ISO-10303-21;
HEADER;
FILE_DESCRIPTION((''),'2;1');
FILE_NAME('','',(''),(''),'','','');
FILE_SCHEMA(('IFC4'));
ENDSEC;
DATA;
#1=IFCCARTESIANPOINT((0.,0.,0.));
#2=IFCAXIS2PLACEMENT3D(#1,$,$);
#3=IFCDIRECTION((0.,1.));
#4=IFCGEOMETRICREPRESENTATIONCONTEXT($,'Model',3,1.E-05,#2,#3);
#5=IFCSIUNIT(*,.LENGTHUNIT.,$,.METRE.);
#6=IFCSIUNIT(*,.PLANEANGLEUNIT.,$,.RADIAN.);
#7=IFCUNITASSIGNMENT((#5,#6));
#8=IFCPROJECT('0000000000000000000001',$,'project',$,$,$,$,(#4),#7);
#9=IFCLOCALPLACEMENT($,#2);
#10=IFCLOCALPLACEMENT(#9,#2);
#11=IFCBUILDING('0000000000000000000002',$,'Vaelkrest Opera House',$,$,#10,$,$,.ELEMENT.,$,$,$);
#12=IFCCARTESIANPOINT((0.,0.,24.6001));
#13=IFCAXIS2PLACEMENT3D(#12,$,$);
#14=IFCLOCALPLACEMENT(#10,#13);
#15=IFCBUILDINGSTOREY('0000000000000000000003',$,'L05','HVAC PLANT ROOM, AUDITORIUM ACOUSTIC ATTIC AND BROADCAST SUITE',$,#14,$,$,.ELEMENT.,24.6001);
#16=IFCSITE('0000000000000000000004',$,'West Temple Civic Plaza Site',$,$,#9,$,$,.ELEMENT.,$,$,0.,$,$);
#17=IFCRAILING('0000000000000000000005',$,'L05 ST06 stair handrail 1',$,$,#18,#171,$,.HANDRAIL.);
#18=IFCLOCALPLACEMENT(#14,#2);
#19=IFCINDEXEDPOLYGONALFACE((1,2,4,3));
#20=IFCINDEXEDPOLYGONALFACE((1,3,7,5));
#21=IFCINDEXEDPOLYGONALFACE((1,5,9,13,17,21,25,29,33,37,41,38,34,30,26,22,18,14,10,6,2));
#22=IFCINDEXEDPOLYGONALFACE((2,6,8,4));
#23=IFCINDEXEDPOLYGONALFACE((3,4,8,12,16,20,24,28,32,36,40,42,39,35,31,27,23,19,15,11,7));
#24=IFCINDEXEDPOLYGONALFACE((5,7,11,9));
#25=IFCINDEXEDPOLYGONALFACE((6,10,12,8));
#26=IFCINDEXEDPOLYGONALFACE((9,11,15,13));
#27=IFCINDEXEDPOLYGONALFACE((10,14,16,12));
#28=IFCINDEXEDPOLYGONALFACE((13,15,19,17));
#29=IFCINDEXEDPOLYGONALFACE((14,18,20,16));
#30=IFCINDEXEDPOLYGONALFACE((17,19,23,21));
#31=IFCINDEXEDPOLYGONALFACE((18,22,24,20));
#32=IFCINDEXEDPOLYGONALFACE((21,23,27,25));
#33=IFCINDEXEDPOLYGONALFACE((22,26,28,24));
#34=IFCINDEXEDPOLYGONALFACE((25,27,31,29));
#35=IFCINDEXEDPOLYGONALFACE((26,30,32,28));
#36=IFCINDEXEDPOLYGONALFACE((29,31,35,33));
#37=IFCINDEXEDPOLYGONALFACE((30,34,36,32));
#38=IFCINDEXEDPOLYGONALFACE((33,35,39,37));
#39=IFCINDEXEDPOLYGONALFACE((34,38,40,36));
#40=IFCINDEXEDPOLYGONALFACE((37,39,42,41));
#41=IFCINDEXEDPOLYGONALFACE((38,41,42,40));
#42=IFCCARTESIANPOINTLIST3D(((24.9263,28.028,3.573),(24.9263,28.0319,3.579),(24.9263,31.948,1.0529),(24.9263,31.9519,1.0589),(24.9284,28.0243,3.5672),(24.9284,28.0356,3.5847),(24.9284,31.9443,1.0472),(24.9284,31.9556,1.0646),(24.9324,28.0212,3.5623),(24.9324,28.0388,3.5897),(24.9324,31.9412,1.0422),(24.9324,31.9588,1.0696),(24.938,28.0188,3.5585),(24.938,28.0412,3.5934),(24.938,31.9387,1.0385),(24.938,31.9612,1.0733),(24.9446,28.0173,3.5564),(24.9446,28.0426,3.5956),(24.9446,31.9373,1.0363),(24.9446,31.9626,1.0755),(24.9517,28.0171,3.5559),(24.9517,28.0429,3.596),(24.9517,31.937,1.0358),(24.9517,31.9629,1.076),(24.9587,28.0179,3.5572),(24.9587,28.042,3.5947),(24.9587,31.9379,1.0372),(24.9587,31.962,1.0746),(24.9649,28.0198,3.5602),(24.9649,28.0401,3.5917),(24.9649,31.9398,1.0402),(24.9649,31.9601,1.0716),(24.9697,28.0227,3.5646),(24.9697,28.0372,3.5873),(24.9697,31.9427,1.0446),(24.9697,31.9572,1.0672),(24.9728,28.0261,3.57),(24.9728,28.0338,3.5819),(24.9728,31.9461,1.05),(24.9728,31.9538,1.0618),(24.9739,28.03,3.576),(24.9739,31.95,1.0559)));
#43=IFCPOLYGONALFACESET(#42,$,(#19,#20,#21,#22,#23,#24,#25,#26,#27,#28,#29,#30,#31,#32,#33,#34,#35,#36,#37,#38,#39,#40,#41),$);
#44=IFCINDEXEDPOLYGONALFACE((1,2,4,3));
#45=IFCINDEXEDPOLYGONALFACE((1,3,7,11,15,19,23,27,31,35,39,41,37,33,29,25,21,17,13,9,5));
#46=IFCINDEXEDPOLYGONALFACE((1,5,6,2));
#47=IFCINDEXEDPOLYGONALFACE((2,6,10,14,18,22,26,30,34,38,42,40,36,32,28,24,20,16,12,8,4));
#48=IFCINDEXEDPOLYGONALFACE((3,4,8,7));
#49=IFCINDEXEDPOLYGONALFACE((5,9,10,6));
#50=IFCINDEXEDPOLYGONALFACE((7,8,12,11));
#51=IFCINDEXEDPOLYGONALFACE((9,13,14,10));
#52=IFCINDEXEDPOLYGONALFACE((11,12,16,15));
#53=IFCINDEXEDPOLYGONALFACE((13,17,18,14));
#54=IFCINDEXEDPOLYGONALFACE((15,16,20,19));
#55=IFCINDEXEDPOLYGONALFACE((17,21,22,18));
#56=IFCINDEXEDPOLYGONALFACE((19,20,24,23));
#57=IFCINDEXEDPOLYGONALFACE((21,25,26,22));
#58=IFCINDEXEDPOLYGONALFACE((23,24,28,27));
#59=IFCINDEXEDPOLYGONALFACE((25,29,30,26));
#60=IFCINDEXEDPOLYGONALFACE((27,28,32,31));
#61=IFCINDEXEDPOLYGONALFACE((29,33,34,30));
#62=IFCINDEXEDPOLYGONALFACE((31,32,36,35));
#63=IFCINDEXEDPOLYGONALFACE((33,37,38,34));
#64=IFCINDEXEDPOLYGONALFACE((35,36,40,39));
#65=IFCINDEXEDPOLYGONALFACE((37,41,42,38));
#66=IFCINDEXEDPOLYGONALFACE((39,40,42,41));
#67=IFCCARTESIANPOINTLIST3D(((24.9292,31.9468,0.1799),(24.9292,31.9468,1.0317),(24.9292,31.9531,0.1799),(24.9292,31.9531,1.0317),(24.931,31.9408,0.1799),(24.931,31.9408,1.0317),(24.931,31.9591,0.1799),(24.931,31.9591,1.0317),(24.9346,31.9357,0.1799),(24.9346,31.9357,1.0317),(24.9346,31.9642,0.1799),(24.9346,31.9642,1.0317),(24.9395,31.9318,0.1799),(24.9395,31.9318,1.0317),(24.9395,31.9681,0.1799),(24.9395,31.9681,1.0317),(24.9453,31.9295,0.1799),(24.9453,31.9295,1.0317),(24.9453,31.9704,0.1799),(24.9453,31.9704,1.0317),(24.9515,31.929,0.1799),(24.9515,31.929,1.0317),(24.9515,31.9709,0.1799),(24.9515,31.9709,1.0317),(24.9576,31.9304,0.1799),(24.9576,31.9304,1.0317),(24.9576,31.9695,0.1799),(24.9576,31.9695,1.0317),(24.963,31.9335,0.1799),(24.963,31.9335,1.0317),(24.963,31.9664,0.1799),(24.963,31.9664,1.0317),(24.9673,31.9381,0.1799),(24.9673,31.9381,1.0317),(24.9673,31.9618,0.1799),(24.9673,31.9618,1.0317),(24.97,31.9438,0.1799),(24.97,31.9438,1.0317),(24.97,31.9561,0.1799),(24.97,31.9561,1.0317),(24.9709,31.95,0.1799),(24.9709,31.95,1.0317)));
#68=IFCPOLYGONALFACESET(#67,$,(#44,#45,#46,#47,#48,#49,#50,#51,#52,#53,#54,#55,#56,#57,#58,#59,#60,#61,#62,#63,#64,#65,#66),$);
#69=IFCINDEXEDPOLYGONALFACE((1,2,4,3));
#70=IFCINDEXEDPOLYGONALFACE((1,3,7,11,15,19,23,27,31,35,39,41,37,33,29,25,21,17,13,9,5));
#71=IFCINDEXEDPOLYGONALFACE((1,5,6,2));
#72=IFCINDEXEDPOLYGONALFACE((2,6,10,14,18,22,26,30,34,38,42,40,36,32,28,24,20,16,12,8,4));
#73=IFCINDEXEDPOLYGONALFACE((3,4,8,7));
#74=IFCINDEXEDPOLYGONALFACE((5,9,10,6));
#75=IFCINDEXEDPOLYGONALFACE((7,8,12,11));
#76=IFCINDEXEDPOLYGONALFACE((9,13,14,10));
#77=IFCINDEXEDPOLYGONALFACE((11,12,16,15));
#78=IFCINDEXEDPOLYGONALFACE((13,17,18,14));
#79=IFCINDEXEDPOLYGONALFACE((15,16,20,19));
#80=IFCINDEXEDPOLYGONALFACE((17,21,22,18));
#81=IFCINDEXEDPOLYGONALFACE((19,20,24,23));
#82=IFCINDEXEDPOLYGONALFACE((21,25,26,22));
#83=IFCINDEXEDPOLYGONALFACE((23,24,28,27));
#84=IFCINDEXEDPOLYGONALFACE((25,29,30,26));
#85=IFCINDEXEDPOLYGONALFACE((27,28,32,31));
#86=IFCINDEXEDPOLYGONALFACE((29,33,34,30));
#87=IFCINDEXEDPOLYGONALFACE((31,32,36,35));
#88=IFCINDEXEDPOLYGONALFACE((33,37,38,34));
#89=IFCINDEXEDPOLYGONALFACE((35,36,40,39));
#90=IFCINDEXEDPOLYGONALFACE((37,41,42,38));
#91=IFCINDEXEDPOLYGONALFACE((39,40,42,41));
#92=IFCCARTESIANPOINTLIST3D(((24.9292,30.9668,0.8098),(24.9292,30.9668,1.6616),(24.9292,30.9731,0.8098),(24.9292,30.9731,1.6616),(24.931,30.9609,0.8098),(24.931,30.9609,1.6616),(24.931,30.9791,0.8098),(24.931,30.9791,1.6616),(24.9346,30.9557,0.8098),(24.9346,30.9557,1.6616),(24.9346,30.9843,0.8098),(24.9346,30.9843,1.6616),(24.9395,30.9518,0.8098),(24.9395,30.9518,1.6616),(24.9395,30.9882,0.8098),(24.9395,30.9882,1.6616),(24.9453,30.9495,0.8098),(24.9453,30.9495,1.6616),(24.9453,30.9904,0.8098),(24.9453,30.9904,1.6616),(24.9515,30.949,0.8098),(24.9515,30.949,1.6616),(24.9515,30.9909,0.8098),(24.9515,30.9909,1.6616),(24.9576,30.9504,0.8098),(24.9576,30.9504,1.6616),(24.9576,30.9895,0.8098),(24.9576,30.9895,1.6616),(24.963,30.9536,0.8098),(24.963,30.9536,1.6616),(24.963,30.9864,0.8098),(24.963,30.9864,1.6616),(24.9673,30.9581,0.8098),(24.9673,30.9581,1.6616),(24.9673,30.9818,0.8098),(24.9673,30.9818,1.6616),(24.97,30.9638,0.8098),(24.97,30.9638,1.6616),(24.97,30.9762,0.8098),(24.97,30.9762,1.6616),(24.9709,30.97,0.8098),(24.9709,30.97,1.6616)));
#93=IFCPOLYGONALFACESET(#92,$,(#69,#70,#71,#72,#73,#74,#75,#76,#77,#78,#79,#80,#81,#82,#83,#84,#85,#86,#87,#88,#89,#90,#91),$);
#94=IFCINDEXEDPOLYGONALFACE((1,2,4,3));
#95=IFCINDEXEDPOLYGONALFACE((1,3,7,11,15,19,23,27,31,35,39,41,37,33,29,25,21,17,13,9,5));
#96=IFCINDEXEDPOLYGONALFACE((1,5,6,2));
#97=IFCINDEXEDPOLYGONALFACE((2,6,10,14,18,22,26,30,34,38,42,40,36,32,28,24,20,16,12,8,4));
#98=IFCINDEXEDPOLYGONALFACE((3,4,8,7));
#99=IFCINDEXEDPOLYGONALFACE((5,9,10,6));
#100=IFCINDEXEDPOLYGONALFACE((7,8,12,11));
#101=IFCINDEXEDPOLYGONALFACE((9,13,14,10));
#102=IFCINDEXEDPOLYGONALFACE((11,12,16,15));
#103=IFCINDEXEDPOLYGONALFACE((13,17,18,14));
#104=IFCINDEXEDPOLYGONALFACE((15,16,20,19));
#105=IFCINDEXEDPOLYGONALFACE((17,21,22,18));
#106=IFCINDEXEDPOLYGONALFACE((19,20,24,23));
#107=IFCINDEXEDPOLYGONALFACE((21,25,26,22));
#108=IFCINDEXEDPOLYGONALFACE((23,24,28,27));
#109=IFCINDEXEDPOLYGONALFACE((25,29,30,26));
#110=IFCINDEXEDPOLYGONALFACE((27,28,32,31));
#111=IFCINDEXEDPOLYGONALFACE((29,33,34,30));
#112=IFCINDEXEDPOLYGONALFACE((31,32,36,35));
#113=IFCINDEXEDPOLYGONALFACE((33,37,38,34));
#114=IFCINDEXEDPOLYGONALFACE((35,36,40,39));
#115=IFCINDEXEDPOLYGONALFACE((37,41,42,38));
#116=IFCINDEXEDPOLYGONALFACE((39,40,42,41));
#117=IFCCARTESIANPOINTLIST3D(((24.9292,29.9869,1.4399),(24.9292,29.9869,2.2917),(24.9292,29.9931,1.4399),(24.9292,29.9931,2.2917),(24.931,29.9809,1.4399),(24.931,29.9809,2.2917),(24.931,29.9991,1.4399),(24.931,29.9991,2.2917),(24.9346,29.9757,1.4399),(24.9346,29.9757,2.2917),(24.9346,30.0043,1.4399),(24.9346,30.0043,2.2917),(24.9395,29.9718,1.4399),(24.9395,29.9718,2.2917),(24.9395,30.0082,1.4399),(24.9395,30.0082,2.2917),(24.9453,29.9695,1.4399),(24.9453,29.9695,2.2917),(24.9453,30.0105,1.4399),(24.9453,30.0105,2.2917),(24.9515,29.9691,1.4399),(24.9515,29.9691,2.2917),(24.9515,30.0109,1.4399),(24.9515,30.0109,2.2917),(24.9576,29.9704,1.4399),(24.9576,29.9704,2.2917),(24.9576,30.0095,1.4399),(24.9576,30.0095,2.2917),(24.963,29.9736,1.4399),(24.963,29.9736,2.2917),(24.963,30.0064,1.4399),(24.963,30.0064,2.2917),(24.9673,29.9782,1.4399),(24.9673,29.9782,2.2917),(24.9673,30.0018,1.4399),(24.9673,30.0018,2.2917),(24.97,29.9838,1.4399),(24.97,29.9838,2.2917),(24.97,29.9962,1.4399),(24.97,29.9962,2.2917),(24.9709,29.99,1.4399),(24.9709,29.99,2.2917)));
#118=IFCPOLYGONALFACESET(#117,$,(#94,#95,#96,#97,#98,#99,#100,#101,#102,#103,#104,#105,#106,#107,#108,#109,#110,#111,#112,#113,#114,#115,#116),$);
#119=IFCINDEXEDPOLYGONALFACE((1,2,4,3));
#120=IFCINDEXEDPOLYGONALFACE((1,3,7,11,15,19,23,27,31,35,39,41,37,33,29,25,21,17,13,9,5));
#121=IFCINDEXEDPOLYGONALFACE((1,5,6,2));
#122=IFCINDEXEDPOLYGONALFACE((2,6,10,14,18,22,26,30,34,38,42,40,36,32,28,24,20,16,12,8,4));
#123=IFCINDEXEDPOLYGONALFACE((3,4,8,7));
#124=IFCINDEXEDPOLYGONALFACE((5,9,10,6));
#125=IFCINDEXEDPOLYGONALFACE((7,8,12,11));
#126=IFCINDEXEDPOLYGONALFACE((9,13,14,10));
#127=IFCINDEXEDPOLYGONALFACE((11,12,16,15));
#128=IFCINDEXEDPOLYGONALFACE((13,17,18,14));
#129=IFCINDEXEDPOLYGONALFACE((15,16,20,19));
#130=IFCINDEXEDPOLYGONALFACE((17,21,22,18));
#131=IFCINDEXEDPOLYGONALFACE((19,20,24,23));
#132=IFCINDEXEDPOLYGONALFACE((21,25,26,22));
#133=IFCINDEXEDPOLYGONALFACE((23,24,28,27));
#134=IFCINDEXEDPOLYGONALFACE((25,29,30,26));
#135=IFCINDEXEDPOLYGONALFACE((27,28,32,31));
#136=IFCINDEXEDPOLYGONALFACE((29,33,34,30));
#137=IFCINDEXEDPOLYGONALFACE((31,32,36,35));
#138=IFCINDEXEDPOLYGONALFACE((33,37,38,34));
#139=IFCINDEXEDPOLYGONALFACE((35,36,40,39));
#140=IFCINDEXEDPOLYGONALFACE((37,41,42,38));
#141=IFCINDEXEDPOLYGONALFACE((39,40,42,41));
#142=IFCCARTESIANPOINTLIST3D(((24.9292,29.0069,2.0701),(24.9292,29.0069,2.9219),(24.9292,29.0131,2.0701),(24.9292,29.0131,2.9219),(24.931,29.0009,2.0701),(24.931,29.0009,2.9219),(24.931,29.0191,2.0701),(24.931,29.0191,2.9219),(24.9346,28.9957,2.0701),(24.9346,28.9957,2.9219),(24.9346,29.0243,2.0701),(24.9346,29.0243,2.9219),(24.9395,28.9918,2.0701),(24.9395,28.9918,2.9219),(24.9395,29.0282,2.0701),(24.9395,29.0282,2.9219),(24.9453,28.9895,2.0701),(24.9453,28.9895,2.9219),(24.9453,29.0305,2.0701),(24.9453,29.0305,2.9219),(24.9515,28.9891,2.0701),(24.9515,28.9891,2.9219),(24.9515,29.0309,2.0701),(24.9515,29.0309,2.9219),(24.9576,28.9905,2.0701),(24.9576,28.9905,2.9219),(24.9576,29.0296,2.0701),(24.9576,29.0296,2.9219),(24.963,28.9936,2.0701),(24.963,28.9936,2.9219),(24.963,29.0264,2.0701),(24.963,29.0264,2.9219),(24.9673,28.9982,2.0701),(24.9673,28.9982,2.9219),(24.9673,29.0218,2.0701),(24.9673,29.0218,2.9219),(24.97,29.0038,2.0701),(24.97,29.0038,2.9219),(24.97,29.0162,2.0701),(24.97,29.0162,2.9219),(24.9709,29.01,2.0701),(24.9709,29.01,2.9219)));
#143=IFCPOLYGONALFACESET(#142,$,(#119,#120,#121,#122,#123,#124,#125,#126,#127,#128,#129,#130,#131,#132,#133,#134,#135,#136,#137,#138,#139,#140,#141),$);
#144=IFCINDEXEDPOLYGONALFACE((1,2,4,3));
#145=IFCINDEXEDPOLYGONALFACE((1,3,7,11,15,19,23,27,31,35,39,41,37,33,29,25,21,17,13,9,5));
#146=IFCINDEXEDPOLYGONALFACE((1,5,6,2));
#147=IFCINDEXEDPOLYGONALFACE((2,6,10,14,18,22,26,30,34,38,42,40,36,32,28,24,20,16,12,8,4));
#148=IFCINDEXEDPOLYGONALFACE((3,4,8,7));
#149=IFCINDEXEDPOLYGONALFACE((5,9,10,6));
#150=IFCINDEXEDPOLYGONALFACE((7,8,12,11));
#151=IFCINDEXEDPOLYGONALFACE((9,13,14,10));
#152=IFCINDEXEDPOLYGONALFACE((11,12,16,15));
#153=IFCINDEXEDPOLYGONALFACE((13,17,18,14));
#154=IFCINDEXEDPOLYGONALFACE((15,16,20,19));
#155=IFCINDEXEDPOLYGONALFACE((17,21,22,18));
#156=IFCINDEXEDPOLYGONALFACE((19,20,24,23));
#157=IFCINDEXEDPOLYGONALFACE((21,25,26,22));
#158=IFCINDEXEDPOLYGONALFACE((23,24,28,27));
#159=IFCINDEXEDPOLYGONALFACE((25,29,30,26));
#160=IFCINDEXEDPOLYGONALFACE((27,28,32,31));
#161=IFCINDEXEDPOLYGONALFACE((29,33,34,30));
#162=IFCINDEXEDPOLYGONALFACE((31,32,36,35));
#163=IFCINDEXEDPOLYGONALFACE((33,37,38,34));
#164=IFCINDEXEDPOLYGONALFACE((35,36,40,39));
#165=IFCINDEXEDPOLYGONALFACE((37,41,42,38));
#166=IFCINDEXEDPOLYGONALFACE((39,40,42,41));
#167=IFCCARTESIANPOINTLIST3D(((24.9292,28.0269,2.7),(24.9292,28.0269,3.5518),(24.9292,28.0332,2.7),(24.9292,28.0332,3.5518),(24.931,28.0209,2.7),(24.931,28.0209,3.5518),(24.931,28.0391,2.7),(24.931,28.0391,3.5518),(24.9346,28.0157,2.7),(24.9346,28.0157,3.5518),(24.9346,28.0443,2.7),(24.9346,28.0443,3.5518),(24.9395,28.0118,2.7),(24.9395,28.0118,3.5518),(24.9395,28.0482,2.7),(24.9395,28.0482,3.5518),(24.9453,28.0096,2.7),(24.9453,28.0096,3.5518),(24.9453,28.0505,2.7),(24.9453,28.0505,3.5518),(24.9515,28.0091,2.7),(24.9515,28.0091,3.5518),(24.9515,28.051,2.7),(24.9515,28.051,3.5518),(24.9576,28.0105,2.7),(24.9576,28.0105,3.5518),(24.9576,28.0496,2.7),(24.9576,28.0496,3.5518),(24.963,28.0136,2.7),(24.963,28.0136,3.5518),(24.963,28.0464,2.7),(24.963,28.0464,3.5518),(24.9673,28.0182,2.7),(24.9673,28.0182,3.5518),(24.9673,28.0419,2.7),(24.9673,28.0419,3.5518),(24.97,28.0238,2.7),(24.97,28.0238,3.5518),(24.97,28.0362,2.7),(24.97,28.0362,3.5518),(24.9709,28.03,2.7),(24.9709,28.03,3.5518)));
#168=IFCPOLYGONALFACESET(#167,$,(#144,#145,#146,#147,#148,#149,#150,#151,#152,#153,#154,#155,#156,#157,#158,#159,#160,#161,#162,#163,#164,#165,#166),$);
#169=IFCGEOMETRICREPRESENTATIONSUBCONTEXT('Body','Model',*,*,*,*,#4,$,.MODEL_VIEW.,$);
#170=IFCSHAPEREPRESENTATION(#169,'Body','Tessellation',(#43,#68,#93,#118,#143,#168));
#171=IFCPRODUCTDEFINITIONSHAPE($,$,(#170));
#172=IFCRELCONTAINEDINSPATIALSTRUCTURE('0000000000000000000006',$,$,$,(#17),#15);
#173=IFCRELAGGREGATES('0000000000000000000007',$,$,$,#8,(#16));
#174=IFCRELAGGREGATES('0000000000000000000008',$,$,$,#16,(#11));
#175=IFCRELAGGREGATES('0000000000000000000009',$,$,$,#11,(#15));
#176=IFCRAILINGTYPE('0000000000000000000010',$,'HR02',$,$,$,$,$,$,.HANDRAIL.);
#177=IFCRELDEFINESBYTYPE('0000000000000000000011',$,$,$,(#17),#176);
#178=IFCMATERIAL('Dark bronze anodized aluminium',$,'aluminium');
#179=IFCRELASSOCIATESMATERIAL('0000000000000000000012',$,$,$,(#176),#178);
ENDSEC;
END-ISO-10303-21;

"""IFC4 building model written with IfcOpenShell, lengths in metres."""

from ifc_helpers import new_model, si_unit, direction, frame, origin, origin_2d, place, context, subcontext, project, spatial, circle, extrude, material, type_object, element, save


model = new_model("IFC4")

# Units and contexts
model_context = context("Model", 3, precision=1e-05, world=origin(), true_north=direction((0.0, 1.0)))
body_context = subcontext(model_context, "Body", "Model", "MODEL_VIEW")
ifc_project = project(units=[si_unit("LENGTHUNIT", "METRE"), si_unit("PLANEANGLEUNIT", "RADIAN")], contexts=[model_context])

# Site, building, storey
site_placement = place(None, origin())
site = spatial("IfcSite", under=ifc_project, at=site_placement, Name="West Temple Civic Plaza Site", CompositionType="ELEMENT", RefElevation=0.0)
building_placement = place(site_placement, origin())
building = spatial("IfcBuilding", under=site, at=building_placement, Name="Vaelkrest Opera House", CompositionType="ELEMENT")
storey_placement = place(building_placement, frame((0.0, 0.0, 24.6001)))
storey = spatial("IfcBuildingStorey", under=building, at=storey_placement, Name="L05", Description="HVAC PLANT ROOM, AUDITORIUM ACOUSTIC ATTIC AND BROADCAST SUITE", CompositionType="ELEMENT", Elevation=24.6001)

# Railing
ifc_material_1 = material(Name="Dark bronze anodized aluminium", Category="aluminium")
railing_type_1 = type_object("IfcRailingType", Name="HR02", PredefinedType="HANDRAIL", material=ifc_material_1)
railing_1_placement = place(storey_placement, frame((24.95, 31.95, 0.1799)))
element("IfcRailing", 1, at=railing_1_placement, inside=storey, type_object=railing_type_1, Name="L05 ST06 stair handrail 1", PredefinedType="HANDRAIL", context=body_context, shape_type="SweptSolid", body=[
    extrude(circle(Radius=0.0239, at=origin_2d()), frame((0.0, 0.0, 0.876), z_axis=(0.0, -0.841172, 0.540768), x_axis=(1.0, 0.0, 0.0)), (0.0, 0.0, 1.0), 4.6602),
    extrude(circle(Radius=0.021, at=origin_2d()), origin(), (0.0, 0.0, 1.0), 0.8518),
    extrude(circle(Radius=0.021, at=origin_2d()), frame((0.0, -0.98, 0.6299)), (0.0, 0.0, 1.0), 0.8518),
    extrude(circle(Radius=0.021, at=origin_2d()), frame((0.0, -1.96, 1.26)), (0.0, 0.0, 1.0), 0.8518),
    extrude(circle(Radius=0.021, at=origin_2d()), frame((0.0, -2.9399, 1.8901)), (0.0, 0.0, 1.0), 0.8518),
    extrude(circle(Radius=0.021, at=origin_2d()), frame((0.0, -3.9199, 2.52)), (0.0, 0.0, 1.0), 0.8518),
])

save(model, "model.ifc")
